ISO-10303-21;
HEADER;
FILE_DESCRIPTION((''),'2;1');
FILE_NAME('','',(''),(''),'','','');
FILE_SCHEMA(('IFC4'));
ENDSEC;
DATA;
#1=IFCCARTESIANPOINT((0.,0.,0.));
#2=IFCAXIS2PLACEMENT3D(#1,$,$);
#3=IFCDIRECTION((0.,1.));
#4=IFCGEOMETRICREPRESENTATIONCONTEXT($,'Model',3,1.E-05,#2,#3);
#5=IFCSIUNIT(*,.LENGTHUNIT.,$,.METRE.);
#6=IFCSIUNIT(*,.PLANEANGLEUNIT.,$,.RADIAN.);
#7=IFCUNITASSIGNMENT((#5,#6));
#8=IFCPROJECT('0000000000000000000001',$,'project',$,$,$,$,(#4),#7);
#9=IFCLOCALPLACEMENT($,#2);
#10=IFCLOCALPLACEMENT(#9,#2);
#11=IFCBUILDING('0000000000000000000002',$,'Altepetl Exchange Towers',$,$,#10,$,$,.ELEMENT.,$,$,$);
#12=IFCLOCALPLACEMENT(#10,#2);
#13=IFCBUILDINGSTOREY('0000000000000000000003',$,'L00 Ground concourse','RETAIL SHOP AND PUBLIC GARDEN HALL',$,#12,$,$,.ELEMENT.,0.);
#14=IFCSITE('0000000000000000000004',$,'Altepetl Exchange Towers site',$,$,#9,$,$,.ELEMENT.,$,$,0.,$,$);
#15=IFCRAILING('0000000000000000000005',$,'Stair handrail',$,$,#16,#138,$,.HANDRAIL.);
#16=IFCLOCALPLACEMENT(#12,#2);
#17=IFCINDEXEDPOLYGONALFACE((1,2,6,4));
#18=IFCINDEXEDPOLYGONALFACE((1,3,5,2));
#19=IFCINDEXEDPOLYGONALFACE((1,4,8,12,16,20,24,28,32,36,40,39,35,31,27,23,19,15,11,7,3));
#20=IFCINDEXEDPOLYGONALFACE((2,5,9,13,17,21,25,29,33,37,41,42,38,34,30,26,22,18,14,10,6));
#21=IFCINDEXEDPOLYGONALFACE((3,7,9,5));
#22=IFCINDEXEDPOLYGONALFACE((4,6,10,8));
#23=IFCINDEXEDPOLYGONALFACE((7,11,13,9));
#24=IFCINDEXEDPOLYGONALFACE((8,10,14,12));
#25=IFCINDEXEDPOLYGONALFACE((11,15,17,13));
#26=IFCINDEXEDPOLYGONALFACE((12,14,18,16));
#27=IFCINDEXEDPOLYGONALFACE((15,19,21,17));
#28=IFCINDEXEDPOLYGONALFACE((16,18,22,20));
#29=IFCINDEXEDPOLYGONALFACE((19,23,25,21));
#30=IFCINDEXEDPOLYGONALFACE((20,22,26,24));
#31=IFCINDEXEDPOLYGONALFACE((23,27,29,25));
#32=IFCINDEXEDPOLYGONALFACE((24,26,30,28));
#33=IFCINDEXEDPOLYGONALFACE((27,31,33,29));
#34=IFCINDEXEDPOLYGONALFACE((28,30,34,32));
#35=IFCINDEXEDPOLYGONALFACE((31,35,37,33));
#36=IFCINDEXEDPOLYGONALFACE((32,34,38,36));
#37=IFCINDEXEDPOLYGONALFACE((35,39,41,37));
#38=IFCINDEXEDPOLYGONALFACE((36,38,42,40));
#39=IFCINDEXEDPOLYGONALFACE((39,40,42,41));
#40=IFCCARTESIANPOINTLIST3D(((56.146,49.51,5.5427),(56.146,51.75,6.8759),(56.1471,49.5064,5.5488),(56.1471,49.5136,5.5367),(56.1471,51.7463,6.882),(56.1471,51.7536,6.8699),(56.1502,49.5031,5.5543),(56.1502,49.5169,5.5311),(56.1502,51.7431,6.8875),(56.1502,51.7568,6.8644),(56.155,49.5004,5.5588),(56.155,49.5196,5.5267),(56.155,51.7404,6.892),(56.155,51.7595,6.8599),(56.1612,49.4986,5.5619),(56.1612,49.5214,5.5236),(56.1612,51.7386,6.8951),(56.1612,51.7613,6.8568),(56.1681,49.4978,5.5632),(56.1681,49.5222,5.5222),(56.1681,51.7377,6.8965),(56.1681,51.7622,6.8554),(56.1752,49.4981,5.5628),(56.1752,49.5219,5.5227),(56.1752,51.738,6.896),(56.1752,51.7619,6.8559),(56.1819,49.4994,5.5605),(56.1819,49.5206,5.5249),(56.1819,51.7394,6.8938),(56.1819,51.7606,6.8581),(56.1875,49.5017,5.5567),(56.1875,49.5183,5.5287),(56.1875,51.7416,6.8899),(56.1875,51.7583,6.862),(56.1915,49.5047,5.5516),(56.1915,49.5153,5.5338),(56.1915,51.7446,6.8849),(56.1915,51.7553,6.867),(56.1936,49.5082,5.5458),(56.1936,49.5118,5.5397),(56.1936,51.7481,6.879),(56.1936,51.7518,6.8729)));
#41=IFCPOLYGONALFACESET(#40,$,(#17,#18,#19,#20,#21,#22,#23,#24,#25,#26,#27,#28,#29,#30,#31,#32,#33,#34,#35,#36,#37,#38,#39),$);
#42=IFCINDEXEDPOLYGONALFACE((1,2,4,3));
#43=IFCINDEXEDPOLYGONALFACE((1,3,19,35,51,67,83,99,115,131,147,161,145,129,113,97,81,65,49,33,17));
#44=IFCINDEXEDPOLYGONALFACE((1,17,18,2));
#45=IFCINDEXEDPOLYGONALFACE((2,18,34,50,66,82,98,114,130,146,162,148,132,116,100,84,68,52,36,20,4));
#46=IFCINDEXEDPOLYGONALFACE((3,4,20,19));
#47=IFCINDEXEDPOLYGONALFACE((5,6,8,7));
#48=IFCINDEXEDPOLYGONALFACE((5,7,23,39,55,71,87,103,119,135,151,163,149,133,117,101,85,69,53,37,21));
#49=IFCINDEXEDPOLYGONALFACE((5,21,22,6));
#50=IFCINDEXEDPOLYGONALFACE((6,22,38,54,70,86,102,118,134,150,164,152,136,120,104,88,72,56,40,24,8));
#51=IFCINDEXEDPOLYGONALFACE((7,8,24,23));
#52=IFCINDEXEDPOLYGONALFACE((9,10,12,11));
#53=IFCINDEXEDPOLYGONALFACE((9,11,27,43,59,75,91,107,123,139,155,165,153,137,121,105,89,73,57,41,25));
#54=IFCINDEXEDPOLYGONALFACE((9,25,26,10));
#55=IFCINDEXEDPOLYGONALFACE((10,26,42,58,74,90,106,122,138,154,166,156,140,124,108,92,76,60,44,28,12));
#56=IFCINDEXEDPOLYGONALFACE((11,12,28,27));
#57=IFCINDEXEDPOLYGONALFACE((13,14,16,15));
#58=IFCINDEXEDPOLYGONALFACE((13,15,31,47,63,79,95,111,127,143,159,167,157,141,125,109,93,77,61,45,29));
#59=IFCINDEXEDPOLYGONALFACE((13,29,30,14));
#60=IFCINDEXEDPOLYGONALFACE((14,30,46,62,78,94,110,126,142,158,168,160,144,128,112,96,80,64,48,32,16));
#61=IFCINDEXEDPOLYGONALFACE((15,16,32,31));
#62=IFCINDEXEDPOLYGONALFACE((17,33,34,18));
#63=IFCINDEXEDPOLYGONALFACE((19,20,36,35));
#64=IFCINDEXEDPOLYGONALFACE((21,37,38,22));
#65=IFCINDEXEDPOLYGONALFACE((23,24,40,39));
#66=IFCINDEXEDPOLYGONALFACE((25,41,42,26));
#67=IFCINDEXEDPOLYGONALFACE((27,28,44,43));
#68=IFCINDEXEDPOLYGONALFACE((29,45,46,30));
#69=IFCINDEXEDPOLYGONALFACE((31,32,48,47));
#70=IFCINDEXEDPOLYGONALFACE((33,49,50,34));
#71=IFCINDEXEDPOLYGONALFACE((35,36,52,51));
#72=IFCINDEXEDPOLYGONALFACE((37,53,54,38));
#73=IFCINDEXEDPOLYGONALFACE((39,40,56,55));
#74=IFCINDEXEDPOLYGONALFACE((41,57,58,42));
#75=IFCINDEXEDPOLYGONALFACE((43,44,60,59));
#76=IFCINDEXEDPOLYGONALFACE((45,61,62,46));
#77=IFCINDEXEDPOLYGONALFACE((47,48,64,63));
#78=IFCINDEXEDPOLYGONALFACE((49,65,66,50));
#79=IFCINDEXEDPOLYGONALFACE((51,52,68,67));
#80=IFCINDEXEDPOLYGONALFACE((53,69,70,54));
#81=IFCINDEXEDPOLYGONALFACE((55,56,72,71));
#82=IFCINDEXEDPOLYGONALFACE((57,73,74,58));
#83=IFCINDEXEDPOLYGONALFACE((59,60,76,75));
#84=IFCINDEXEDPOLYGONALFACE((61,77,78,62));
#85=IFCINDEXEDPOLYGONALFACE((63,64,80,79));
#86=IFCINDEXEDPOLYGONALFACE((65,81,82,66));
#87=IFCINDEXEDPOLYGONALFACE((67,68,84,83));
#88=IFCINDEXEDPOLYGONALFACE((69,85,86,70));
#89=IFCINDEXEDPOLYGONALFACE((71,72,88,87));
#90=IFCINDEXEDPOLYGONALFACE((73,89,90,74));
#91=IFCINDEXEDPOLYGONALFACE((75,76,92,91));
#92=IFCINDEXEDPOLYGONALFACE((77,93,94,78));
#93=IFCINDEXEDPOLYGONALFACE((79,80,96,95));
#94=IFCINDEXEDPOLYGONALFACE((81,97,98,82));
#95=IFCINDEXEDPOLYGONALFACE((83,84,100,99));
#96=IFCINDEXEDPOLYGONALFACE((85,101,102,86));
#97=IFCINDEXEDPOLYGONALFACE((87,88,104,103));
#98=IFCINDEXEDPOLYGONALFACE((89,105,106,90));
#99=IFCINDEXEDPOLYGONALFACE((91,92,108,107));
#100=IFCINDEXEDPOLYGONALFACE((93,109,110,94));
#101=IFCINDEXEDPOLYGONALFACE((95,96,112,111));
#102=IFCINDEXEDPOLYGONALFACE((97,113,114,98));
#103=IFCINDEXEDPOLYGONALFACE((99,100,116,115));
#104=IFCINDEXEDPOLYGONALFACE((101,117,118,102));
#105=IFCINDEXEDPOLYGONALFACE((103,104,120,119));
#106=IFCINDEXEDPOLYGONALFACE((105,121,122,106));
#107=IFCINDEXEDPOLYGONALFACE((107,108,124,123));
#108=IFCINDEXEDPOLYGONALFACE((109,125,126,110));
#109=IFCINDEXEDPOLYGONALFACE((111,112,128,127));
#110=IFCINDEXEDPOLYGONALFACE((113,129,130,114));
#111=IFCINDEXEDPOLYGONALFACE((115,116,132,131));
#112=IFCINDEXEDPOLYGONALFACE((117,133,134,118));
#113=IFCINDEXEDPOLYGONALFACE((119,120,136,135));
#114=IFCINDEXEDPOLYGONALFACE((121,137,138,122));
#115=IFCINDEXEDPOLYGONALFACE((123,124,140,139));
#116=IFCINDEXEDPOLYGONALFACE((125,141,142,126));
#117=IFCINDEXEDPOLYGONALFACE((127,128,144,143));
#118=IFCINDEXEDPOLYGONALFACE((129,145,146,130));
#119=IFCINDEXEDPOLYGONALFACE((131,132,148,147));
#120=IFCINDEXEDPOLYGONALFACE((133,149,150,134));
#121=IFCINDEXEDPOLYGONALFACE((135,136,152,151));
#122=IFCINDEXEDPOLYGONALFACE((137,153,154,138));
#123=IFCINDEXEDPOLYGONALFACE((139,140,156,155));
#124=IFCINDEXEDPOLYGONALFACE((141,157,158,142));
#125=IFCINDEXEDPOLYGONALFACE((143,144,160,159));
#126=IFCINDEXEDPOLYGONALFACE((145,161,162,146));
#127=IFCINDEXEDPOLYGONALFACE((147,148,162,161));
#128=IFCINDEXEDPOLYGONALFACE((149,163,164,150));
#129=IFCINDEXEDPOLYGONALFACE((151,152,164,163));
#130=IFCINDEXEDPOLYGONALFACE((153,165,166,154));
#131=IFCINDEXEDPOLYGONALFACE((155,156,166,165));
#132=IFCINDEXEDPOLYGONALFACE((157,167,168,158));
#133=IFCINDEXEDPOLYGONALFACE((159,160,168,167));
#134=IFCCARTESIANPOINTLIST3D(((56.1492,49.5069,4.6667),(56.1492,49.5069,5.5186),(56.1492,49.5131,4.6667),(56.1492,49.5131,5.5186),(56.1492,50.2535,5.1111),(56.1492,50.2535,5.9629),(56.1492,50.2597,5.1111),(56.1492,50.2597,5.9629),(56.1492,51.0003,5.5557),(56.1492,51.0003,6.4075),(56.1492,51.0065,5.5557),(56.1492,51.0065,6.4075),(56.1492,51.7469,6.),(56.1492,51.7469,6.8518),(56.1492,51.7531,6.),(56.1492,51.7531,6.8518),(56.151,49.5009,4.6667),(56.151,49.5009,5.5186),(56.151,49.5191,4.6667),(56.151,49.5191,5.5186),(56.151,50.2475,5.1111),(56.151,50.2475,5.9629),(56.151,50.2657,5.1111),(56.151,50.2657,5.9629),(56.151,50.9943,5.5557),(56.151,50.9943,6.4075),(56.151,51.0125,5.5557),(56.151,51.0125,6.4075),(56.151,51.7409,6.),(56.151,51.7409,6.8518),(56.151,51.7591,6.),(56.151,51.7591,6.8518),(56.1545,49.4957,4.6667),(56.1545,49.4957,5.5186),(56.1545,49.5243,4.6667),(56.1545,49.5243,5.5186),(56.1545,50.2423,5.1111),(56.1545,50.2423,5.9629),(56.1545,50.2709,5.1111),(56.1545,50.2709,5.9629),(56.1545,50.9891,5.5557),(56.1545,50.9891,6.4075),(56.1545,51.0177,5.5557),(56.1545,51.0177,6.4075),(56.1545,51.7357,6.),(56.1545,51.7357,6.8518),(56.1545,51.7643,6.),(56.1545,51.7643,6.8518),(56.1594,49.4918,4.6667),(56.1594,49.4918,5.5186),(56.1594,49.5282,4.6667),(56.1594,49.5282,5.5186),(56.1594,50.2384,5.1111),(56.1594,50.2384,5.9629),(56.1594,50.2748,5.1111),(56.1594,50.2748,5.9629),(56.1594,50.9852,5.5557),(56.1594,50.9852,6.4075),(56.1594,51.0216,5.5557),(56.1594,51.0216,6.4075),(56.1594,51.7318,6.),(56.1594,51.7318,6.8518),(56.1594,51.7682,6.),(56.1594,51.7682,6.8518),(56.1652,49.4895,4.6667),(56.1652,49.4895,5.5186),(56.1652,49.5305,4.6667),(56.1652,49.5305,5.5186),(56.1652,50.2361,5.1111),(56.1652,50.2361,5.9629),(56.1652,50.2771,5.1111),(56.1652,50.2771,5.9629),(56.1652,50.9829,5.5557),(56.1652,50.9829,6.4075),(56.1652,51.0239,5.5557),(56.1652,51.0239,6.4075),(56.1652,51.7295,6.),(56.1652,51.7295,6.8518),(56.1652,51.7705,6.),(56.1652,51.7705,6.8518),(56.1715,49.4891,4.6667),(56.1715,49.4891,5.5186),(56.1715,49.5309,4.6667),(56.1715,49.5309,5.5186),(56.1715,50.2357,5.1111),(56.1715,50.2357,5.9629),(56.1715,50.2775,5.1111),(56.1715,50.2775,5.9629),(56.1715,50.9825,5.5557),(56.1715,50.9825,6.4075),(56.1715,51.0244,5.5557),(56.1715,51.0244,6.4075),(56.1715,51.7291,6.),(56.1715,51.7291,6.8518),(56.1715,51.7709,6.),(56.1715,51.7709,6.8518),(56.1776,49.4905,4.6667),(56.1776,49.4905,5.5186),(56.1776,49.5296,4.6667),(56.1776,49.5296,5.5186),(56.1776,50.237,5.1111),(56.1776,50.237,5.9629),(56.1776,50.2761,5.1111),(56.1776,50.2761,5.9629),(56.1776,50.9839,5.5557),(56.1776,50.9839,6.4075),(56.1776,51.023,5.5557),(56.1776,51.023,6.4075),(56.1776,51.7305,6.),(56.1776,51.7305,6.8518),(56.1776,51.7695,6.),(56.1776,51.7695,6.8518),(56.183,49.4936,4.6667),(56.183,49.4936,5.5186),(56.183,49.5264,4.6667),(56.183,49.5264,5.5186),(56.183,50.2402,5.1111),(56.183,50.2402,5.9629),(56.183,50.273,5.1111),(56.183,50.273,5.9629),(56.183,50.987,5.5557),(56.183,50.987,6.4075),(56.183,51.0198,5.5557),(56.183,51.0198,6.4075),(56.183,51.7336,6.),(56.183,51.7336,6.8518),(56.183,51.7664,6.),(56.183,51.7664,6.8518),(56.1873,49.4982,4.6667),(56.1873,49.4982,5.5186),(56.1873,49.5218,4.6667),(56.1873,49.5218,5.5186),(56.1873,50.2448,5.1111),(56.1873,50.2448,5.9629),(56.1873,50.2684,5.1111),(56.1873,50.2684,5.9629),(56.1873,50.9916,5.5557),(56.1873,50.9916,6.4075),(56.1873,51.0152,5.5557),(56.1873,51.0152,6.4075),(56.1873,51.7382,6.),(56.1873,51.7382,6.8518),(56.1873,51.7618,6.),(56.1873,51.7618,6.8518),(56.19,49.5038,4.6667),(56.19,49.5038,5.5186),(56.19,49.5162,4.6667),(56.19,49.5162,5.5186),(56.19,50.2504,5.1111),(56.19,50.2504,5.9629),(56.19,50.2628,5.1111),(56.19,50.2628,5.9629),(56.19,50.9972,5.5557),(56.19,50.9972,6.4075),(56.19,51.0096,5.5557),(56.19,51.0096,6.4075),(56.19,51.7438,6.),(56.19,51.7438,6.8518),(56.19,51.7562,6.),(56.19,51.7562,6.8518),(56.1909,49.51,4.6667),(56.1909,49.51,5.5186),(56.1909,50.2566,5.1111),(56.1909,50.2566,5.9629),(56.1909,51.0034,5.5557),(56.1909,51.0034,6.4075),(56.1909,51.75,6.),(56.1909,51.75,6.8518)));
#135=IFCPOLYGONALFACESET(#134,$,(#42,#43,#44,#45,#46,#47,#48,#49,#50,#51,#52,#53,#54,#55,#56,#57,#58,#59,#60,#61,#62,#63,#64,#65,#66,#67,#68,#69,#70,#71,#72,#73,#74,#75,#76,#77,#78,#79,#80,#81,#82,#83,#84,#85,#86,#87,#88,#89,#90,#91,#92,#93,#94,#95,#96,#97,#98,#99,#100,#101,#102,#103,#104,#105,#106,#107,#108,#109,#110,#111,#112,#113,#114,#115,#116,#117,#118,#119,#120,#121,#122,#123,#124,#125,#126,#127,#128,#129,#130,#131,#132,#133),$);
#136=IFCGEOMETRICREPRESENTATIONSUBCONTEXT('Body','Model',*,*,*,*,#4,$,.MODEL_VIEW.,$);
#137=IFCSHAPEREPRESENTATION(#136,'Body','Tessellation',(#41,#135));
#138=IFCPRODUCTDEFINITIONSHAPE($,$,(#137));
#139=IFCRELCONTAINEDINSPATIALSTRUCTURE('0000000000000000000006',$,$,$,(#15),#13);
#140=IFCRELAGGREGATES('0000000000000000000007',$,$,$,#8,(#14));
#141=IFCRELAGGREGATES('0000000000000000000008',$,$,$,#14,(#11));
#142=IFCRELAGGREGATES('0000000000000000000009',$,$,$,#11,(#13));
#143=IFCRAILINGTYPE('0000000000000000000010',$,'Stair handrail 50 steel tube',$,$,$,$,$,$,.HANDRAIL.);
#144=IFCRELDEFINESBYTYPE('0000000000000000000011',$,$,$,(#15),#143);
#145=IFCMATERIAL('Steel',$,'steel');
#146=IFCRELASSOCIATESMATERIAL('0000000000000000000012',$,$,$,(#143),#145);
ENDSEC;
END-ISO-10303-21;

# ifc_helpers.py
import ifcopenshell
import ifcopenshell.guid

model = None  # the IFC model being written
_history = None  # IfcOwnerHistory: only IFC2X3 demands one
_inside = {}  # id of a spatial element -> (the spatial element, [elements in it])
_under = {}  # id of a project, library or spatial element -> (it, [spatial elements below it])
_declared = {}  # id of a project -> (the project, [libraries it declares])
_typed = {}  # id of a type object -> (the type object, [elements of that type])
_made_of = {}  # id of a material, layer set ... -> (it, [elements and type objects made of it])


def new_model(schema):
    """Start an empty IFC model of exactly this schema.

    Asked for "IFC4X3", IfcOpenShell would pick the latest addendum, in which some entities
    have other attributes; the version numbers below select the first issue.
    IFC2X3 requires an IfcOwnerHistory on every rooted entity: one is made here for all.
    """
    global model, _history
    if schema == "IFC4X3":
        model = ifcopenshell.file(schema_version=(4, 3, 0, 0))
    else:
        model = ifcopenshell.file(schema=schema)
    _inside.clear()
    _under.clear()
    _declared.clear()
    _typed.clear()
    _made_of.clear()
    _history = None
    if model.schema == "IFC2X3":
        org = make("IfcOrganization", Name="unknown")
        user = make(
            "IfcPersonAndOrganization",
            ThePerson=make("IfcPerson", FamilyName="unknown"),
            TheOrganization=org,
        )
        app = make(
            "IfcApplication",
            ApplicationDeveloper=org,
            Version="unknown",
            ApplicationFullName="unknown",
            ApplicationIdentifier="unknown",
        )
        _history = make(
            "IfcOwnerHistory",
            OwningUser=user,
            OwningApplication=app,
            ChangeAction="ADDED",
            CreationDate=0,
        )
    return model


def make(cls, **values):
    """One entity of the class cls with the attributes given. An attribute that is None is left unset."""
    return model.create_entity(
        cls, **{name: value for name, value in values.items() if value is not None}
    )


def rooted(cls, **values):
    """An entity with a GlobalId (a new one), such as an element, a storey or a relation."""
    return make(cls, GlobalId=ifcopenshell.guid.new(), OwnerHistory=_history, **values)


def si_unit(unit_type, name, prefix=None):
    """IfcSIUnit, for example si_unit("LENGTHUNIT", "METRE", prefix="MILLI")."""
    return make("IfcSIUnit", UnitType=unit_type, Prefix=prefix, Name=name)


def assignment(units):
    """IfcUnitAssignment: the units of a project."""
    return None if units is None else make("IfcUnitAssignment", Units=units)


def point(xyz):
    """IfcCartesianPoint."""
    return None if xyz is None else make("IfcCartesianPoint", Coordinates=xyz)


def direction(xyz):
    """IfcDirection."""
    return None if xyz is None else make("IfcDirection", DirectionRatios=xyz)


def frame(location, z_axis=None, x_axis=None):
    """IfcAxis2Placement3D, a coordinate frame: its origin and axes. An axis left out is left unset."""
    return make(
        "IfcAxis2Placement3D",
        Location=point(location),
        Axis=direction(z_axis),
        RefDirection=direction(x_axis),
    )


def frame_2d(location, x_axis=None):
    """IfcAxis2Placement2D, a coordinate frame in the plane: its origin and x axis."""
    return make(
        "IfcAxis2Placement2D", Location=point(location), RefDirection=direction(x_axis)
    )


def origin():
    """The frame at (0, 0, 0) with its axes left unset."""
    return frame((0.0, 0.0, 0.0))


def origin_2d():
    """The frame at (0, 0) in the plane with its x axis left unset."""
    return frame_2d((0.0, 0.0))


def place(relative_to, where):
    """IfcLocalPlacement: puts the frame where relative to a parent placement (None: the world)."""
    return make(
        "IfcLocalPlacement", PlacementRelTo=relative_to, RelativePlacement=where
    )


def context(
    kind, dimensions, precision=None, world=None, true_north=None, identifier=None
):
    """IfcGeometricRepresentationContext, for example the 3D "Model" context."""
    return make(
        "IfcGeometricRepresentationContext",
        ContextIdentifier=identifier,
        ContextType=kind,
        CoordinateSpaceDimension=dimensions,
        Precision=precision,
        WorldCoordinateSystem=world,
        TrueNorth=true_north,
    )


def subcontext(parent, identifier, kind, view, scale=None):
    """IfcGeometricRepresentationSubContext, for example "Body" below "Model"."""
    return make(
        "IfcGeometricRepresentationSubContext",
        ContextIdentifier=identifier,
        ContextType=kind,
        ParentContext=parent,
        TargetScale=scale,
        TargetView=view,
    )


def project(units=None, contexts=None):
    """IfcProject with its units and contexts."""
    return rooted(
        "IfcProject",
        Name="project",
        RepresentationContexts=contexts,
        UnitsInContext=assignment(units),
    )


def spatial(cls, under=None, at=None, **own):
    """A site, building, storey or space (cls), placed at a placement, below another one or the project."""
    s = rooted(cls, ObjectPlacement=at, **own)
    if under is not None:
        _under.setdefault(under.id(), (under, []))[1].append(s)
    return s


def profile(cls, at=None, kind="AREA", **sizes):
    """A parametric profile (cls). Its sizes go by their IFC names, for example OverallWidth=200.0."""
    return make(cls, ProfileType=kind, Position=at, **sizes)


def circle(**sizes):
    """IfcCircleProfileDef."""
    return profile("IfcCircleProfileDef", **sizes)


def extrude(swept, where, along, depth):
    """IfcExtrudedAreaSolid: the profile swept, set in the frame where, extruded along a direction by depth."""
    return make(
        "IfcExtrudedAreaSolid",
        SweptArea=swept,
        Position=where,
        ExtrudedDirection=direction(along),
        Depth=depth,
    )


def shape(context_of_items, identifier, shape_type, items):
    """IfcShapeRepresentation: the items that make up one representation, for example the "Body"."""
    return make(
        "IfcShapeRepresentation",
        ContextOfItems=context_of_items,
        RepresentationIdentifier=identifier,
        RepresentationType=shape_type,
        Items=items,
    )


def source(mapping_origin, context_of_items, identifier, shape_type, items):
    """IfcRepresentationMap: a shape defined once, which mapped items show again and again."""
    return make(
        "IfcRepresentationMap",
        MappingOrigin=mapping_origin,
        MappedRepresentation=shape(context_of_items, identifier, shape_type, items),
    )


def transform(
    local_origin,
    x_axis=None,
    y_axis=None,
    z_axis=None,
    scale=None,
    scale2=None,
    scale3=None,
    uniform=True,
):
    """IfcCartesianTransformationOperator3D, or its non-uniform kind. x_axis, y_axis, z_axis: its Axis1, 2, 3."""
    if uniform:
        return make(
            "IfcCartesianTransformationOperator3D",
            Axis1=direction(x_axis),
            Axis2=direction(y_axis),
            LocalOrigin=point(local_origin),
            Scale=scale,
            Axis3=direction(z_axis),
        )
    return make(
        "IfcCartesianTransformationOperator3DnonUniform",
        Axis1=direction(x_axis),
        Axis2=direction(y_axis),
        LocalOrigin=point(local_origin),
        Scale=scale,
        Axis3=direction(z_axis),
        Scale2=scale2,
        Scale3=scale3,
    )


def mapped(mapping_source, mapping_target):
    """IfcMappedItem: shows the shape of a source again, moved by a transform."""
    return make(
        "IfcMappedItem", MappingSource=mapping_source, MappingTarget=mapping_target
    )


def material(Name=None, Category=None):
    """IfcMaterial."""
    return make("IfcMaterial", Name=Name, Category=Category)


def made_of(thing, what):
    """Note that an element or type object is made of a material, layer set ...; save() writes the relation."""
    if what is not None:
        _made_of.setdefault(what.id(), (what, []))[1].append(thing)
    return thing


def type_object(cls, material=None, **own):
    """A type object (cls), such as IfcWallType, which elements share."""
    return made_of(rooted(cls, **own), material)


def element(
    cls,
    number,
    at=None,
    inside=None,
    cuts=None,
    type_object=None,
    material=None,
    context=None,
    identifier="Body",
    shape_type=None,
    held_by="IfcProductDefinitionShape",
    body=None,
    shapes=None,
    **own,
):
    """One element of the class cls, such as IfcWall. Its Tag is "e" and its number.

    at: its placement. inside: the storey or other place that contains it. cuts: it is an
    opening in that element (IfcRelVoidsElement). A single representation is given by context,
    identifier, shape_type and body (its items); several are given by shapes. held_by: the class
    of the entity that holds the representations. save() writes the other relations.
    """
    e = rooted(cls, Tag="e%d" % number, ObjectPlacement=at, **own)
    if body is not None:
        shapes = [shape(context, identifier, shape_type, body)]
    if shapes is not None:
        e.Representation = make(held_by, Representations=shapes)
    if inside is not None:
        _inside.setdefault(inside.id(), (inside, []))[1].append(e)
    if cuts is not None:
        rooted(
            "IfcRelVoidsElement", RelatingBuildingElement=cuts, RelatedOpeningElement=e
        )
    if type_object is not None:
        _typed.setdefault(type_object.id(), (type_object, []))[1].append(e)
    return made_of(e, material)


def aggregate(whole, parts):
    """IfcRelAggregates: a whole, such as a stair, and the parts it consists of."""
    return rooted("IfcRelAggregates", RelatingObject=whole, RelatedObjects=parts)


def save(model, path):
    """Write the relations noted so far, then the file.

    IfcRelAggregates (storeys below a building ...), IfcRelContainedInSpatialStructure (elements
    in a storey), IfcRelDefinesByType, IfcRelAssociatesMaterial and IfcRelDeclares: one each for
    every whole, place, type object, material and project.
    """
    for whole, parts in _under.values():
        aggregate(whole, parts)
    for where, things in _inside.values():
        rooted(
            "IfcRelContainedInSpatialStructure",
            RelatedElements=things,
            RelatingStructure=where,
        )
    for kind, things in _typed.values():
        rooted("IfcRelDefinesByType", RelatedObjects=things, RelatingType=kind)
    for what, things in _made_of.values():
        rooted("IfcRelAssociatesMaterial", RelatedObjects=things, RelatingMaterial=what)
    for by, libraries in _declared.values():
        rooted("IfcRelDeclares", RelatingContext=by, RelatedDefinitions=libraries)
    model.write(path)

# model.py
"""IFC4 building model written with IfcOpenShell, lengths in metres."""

from ifc_helpers import new_model, si_unit, direction, frame, origin, origin_2d, place, context, subcontext, project, spatial, circle, extrude, source, transform, mapped, material, type_object, element, save


model = new_model("IFC4")

# Units and contexts
model_context = context("Model", 3, precision=1e-05, world=origin(), true_north=direction((0.0, 1.0)))
body_context = subcontext(model_context, "Body", "Model", "MODEL_VIEW")
ifc_project = project(units=[si_unit("LENGTHUNIT", "METRE"), si_unit("PLANEANGLEUNIT", "RADIAN")], contexts=[model_context])

# Site, building, storey
site_placement = place(None, origin())
site = spatial("IfcSite", under=ifc_project, at=site_placement, Name="Altepetl Exchange Towers site", CompositionType="ELEMENT", RefElevation=0.0)
building_placement = place(site_placement, origin())
building = spatial("IfcBuilding", under=site, at=building_placement, Name="Altepetl Exchange Towers", CompositionType="ELEMENT")
storey_placement = place(building_placement, origin())
storey = spatial("IfcBuildingStorey", under=building, at=storey_placement, Name="L00 Ground concourse", Description="RETAIL SHOP AND PUBLIC GARDEN HALL", CompositionType="ELEMENT", Elevation=0.0)

# Railing
ifc_material_1 = material(Name="Steel", Category="steel")
railing_type = type_object("IfcRailingType", Name="Stair handrail 50 steel tube", PredefinedType="HANDRAIL", material=ifc_material_1)
shared_shape = source(origin(), body_context, "Body", "SweptSolid", [
    extrude(circle(Radius=0.021, at=origin_2d()), origin(), (0.0, 0.0, 1.0), 0.8518),
])
railing_1_placement = place(storey_placement, frame((56.1699, 49.51, 4.6667)))
element("IfcRailing", 1, at=railing_1_placement, inside=storey, type_object=railing_type, Name="Stair handrail", PredefinedType="HANDRAIL", context=body_context, shape_type="SweptSolid", body=[
    extrude(circle(Radius=0.0239, at=origin_2d()), frame((0.0, 0.0, 0.876), z_axis=(0.0, 0.859306, 0.511462), x_axis=(-1.0, 0.0, 0.0)), (0.0, 0.0, 1.0), 2.6067),
    mapped(shared_shape, transform((0.0, 0.0, 0.0))),
    mapped(shared_shape, transform((0.0, 0.7466, 0.4443))),
    mapped(shared_shape, transform((0.0, 1.4934, 0.8889))),
    mapped(shared_shape, transform((0.0, 2.24, 1.3333))),
])

save(model, "model.ifc")
